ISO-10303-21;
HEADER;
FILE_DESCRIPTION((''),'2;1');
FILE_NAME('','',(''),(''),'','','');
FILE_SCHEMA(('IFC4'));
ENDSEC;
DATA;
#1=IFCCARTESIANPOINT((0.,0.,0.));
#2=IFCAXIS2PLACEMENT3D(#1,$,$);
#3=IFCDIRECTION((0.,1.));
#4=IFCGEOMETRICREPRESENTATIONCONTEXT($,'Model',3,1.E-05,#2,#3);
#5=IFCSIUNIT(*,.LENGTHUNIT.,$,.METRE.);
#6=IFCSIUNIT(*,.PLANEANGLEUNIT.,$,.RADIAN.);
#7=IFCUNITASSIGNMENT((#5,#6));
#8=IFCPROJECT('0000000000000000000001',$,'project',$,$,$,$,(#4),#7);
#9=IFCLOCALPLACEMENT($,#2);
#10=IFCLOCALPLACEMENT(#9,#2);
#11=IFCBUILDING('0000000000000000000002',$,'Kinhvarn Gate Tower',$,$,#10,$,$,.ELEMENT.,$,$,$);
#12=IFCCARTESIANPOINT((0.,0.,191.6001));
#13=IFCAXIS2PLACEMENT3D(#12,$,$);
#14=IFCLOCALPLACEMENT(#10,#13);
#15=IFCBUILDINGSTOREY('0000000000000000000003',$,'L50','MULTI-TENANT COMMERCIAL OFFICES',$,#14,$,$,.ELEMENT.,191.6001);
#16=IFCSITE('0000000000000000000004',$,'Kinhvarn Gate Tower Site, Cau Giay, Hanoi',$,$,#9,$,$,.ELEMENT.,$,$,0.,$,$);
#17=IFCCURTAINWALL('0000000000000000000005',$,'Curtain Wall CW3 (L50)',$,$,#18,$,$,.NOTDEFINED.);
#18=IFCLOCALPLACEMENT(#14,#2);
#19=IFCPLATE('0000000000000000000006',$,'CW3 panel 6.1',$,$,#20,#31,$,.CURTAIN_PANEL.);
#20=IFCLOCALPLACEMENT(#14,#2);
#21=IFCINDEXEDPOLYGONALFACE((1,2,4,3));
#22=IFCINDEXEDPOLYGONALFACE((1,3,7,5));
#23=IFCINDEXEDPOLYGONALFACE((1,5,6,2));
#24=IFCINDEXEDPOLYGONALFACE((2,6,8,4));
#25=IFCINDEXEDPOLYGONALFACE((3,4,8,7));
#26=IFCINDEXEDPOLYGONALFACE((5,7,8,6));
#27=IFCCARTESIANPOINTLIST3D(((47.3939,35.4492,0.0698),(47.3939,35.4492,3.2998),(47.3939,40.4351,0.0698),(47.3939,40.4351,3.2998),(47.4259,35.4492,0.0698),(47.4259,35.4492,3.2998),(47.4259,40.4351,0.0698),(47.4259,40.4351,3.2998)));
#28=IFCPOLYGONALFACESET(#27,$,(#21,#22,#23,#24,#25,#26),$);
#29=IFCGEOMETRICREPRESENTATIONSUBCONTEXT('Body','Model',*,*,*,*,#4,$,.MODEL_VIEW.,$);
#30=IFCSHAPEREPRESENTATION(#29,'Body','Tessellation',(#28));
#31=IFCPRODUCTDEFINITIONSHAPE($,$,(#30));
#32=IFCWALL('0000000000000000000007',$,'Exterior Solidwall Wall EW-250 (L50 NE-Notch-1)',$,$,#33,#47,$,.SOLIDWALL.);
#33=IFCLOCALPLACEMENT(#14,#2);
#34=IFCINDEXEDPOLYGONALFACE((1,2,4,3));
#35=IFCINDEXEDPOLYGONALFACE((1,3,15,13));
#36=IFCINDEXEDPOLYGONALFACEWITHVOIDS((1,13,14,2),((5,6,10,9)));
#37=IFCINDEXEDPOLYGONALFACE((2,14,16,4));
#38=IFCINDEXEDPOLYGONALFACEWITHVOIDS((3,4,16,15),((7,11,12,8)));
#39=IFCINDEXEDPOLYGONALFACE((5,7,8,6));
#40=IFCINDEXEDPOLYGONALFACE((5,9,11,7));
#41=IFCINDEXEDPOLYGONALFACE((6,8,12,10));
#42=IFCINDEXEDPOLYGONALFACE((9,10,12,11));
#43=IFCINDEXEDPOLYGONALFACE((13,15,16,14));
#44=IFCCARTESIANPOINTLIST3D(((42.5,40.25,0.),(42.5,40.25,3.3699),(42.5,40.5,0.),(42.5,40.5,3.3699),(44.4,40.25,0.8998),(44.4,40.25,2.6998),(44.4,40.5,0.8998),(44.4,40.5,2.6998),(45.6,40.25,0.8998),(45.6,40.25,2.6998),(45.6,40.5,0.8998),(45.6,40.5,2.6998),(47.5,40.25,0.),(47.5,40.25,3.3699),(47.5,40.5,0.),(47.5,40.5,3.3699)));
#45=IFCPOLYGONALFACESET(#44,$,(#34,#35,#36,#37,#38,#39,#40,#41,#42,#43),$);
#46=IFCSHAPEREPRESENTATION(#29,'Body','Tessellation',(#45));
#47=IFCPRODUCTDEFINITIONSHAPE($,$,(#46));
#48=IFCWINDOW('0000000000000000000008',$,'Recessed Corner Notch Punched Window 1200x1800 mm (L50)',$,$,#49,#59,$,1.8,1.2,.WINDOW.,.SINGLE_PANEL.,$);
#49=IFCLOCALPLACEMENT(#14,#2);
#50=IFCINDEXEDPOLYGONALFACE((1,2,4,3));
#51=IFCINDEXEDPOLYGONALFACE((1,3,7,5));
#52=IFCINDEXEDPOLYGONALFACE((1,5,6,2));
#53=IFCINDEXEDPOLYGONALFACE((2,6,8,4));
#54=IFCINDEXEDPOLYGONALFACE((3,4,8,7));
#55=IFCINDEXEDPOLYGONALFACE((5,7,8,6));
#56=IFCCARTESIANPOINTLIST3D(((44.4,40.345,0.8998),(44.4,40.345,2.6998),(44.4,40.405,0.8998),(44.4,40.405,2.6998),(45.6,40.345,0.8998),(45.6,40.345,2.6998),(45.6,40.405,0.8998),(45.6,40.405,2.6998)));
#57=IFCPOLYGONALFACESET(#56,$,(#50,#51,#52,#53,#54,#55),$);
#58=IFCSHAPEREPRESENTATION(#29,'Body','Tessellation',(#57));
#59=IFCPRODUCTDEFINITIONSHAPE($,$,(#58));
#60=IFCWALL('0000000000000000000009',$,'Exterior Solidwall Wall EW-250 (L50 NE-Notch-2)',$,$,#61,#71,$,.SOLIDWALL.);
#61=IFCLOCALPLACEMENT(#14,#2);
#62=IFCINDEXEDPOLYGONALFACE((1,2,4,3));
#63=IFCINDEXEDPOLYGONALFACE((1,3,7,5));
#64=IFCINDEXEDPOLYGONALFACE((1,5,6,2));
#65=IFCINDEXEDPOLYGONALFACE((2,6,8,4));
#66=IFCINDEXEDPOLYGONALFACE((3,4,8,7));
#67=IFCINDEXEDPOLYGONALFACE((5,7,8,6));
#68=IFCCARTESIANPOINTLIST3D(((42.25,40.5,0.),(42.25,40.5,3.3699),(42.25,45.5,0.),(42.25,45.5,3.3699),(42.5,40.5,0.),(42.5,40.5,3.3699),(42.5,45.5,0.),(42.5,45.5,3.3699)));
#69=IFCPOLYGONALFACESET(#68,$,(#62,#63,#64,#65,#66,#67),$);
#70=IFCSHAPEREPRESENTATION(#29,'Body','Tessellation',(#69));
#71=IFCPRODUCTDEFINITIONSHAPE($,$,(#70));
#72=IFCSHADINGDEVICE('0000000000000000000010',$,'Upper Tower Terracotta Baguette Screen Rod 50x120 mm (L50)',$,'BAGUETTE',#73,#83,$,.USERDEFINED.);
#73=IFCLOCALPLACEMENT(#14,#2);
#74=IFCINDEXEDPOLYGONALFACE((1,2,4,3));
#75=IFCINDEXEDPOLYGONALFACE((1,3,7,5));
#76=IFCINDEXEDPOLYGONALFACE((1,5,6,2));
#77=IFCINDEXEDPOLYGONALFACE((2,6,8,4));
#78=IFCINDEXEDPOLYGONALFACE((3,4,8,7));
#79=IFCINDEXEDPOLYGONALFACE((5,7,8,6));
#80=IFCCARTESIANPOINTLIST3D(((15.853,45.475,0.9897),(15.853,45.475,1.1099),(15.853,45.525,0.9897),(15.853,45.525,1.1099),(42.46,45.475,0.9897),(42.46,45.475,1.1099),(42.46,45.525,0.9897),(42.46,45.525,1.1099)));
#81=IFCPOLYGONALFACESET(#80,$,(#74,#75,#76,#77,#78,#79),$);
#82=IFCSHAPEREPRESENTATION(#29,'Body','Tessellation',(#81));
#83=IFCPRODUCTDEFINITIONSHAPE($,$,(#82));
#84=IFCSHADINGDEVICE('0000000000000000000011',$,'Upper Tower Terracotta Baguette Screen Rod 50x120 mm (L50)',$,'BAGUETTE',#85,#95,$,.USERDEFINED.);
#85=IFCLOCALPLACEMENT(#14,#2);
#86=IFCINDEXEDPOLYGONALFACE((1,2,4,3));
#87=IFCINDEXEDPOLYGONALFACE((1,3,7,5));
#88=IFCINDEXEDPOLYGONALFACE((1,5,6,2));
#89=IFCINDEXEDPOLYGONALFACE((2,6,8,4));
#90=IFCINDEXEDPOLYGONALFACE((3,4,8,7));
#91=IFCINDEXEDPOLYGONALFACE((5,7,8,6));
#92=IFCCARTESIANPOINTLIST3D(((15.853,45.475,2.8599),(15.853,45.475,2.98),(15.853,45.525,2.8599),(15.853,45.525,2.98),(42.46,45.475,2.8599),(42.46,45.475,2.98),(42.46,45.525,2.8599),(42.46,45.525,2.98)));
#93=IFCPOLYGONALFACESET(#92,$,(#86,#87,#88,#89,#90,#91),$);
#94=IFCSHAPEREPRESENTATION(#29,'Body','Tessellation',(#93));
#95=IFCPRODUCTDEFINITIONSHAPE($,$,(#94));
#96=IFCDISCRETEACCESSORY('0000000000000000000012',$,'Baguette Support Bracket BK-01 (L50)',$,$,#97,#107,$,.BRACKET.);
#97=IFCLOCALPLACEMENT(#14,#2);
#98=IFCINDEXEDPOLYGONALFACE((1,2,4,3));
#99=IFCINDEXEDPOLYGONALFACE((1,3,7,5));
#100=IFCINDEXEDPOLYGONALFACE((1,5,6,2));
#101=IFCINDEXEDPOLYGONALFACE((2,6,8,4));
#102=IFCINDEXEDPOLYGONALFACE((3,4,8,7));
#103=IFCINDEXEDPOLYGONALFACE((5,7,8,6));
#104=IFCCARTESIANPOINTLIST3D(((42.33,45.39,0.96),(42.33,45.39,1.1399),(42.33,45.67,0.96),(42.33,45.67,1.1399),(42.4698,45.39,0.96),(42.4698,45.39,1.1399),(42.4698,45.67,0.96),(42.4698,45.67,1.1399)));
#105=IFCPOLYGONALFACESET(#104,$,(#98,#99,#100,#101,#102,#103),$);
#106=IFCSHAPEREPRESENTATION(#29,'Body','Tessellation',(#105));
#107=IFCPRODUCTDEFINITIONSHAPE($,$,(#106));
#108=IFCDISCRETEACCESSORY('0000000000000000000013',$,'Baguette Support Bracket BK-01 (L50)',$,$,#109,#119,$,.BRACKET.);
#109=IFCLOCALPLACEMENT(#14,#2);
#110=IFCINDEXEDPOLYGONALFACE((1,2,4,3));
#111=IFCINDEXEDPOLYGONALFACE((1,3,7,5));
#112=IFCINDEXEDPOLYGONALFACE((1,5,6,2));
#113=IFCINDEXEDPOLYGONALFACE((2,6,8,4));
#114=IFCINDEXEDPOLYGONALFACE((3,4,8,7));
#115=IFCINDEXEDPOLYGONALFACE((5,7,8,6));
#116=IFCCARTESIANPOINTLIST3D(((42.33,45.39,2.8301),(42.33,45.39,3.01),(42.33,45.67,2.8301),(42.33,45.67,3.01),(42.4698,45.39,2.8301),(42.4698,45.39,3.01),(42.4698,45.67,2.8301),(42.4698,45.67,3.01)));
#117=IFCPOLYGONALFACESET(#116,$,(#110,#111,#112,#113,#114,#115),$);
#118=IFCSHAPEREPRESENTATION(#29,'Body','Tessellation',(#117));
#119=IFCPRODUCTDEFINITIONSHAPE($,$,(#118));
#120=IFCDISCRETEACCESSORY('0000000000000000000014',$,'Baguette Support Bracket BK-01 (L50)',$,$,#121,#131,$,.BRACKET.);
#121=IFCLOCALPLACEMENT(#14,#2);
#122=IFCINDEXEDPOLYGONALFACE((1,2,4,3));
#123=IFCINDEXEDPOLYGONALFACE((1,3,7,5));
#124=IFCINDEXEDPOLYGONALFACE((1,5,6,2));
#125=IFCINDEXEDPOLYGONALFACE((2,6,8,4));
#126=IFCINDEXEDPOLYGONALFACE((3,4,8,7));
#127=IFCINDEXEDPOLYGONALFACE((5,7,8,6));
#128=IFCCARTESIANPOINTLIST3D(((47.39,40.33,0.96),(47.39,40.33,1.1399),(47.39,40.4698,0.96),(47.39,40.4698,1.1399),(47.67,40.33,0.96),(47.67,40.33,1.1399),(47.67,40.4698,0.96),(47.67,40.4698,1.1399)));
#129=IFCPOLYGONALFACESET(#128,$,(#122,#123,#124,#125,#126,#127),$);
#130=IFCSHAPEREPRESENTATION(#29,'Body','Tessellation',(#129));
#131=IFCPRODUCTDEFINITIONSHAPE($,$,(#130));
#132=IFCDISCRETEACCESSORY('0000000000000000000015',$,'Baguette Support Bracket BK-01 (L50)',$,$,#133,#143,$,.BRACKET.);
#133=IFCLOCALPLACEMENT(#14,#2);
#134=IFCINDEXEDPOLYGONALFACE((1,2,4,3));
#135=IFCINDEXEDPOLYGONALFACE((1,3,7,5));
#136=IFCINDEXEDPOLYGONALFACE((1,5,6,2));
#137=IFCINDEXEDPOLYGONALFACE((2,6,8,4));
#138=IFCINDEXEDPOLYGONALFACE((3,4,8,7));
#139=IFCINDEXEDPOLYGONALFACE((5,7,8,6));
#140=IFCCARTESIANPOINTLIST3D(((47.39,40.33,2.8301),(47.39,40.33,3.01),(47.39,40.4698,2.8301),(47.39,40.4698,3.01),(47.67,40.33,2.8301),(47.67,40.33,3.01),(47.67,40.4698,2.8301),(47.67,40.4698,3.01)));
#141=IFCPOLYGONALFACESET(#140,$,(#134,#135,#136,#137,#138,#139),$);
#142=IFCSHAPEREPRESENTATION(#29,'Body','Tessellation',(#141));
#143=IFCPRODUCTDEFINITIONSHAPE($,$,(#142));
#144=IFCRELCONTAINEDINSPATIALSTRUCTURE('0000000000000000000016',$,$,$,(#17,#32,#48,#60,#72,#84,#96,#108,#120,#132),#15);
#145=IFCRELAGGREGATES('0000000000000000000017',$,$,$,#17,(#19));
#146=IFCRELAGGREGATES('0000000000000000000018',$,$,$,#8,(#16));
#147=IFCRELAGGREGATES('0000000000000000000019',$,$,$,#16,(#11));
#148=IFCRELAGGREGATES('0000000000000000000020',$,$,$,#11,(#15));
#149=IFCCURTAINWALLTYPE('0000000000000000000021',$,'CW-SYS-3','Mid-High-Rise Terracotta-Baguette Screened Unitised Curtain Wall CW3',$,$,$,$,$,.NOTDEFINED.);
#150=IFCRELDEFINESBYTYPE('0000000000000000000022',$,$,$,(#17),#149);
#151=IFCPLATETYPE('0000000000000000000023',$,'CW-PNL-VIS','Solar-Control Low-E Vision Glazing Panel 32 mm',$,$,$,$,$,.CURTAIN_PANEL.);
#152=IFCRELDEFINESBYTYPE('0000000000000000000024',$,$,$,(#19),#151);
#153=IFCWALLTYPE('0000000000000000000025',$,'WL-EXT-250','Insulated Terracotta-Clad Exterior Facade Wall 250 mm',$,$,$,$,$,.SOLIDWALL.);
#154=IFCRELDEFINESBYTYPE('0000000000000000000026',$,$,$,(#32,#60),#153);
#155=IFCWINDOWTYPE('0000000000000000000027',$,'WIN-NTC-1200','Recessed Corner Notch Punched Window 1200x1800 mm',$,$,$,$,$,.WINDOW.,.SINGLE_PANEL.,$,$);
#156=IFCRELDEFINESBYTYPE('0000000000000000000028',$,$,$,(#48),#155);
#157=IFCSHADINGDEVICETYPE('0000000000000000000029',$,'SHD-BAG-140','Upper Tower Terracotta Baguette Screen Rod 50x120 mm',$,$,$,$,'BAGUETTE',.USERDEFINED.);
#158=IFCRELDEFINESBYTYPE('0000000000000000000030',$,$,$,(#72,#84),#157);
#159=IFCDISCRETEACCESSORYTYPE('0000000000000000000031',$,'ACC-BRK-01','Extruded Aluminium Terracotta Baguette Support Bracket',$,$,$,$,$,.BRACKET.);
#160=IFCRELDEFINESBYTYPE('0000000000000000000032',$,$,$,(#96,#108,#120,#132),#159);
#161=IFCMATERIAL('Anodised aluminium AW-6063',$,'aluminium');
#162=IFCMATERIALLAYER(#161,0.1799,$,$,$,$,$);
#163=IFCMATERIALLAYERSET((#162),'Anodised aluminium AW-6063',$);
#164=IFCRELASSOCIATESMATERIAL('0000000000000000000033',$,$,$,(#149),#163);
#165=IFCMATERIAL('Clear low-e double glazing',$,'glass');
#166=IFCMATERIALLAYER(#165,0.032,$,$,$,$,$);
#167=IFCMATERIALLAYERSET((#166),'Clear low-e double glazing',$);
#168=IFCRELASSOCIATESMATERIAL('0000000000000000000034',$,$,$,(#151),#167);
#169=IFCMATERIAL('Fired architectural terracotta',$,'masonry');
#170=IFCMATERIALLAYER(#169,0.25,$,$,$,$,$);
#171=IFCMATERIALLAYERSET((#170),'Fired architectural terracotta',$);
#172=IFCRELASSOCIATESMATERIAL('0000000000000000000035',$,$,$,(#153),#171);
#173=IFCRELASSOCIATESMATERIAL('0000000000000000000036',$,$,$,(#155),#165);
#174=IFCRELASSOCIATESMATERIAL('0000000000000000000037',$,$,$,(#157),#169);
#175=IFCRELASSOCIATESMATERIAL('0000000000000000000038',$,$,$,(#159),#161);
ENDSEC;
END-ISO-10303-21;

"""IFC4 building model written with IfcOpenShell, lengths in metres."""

from ifc_helpers import new_model, si_unit, direction, frame, frame_2d, origin, origin_2d, place, context, subcontext, project, spatial, rectangle, extrude, material, layer, layer_set, material_profile, profile_set, type_object, element, fill, aggregate, save


model = new_model("IFC4")

# Units and contexts
model_context = context("Model", 3, precision=1e-05, world=origin(), true_north=direction((0.0, 1.0)))
body_context = subcontext(model_context, "Body", "Model", "MODEL_VIEW")
ifc_project = project(units=[si_unit("LENGTHUNIT", "METRE"), si_unit("PLANEANGLEUNIT", "RADIAN")], contexts=[model_context])

# Site, building, storey
site_placement = place(None, origin())
site = spatial("IfcSite", under=ifc_project, at=site_placement, Name="Kinhvarn Gate Tower Site, Cau Giay, Hanoi", CompositionType="ELEMENT", RefElevation=0.0)
building_placement = place(site_placement, origin())
building = spatial("IfcBuilding", under=site, at=building_placement, Name="Kinhvarn Gate Tower", CompositionType="ELEMENT")
storey_placement = place(building_placement, frame((0.0, 0.0, 191.6001)))
storey = spatial("IfcBuildingStorey", under=building, at=storey_placement, Name="L50", Description="MULTI-TENANT COMMERCIAL OFFICES", CompositionType="ELEMENT", Elevation=191.6001)

# Shared definitions
ifc_material_1 = material(Name="Anodised aluminium AW-6063", Category="aluminium")
ifc_layer_1 = layer(ifc_material_1, 0.1799)
ifc_layer_set_1 = layer_set([ifc_layer_1], Name="Anodised aluminium AW-6063")
curtain_wall_type = type_object("IfcCurtainWallType", Name="CW-SYS-3", Description="Mid-High-Rise Terracotta-Baguette Screened Unitised Curtain Wall CW3", PredefinedType="NOTDEFINED", material=ifc_layer_set_1)

# Curtain wall
curtain_wall_1_placement = place(storey_placement, origin())
curtain_wall_1 = element("IfcCurtainWall", 1, at=curtain_wall_1_placement, inside=storey, type_object=curtain_wall_type, Name="Curtain Wall CW3 (L50)", PredefinedType="NOTDEFINED")

# Plate
ifc_material_2 = material(Name="Clear low-e double glazing", Category="glass")
ifc_layer_2 = layer(ifc_material_2, 0.032)
ifc_layer_set_2 = layer_set([ifc_layer_2], Name="Clear low-e double glazing")
plate_type = type_object("IfcPlateType", Name="CW-PNL-VIS", Description="Solar-Control Low-E Vision Glazing Panel 32 mm", PredefinedType="CURTAIN_PANEL", material=ifc_layer_set_2)
plate_1_placement = place(storey_placement, frame((47.4099, 37.9421, 0.0698), z_axis=(0.0, 0.0, 1.0), x_axis=(0.0, 1.0, 0.0)))
plate_1 = element("IfcPlate", 2, at=plate_1_placement, type_object=plate_type, Name="CW3 panel 6.1", PredefinedType="CURTAIN_PANEL", context=body_context, shape_type="SweptSolid", body=[
    extrude(rectangle(XDim=4.9858, YDim=0.032, at=origin_2d()), origin(), (0.0, 0.0, 1.0), 3.23),
])
aggregate(curtain_wall_1, [plate_1])

# Wall, opening, window
ifc_material_3 = material(Name="Fired architectural terracotta", Category="masonry")
ifc_layer_3 = layer(ifc_material_3, 0.25)
ifc_layer_set_3 = layer_set([ifc_layer_3], Name="Fired architectural terracotta")
wall_type = type_object("IfcWallType", Name="WL-EXT-250", Description="Insulated Terracotta-Clad Exterior Facade Wall 250 mm", PredefinedType="SOLIDWALL", material=ifc_layer_set_3)
wall_1_placement = place(storey_placement, frame((47.5, 40.375, 0.0), z_axis=(0.0, 0.0, 1.0), x_axis=(-1.0, 0.0, 0.0)))
wall_1 = element("IfcWall", 3, at=wall_1_placement, inside=storey, type_object=wall_type, Name="Exterior Solidwall Wall EW-250 (L50 NE-Notch-1)", PredefinedType="SOLIDWALL", context=body_context, shape_type="SweptSolid", body=[
    extrude(rectangle(XDim=5.0, YDim=0.25, at=frame_2d((2.5, 0.0))), origin(), (0.0, 0.0, 1.0), 3.3699),
])
opening_placement = place(wall_1_placement, frame((1.8999, 0.0, 0.8999)))
opening = element("IfcOpeningElement", 4, at=opening_placement, cuts=wall_1, PredefinedType="OPENING", context=body_context, shape_type="SweptSolid", body=[
    extrude(rectangle(XDim=1.2, YDim=1.8, at=frame_2d((0.6001, 0.8999))), frame((0.0, 0.135, 0.0), z_axis=(0.0, -1.0, 0.0), x_axis=(1.0, 0.0, 0.0)), (0.0, 0.0, 1.0), 0.27),
])
window_type = type_object("IfcWindowType", Name="WIN-NTC-1200", Description="Recessed Corner Notch Punched Window 1200x1800 mm", PartitioningType="SINGLE_PANEL", PredefinedType="WINDOW", material=ifc_material_2)
window_placement = place(opening_placement, origin())
window = element("IfcWindow", 5, at=window_placement, inside=storey, type_object=window_type, Name="Recessed Corner Notch Punched Window 1200x1800 mm (L50)", OverallHeight=1.8, OverallWidth=1.2, PartitioningType="SINGLE_PANEL", PredefinedType="WINDOW", context=body_context, shape_type="SweptSolid", body=[
    extrude(rectangle(XDim=1.2, YDim=1.8, at=frame_2d((0.6001, 0.8999))), frame((0.0, 0.03, 0.0), z_axis=(0.0, -1.0, 0.0), x_axis=(1.0, 0.0, 0.0)), (0.0, 0.0, 1.0), 0.0601),
])
fill(opening, window)

# Wall
wall_2_placement = place(storey_placement, frame((42.375, 40.5, 0.0), z_axis=(0.0, 0.0, 1.0), x_axis=(0.0, 1.0, 0.0)))
element("IfcWall", 6, at=wall_2_placement, inside=storey, type_object=wall_type, Name="Exterior Solidwall Wall EW-250 (L50 NE-Notch-2)", PredefinedType="SOLIDWALL", context=body_context, shape_type="SweptSolid", body=[
    extrude(rectangle(XDim=5.0, YDim=0.25, at=frame_2d((2.5, 0.0))), origin(), (0.0, 0.0, 1.0), 3.3699),
])

# Shading devices
ifc_material_profile_1 = material_profile(ifc_material_3, rectangle(XDim=0.05, YDim=0.1201, at=origin_2d()), Name="TC 50x120")
ifc_profile_set_1 = profile_set([ifc_material_profile_1], Name="Fired architectural terracotta")
shading_device_type = type_object("IfcShadingDeviceType", Name="SHD-BAG-140", Description="Upper Tower Terracotta Baguette Screen Rod 50x120 mm", ElementType="BAGUETTE", PredefinedType="USERDEFINED", material=ifc_profile_set_1)
for number, where, z_axis, x_axis, name in (
    (7, (42.46, 45.5, 1.0498), (-1.0, 0.0, 0.0), (0.0, -1.0, 0.0), "Upper Tower Terracotta Baguette Screen Rod 50x120 mm (L50)"),
    (8, (42.46, 45.5, 2.9199), (-1.0, 0.0, 0.0), (0.0, -1.0, 0.0), "Upper Tower Terracotta Baguette Screen Rod 50x120 mm (L50)"),
):
    element("IfcShadingDevice", number, at=place(storey_placement, frame(where, z_axis=z_axis, x_axis=x_axis)), inside=storey, type_object=shading_device_type, Name=name, ObjectType="BAGUETTE", PredefinedType="USERDEFINED", context=body_context, shape_type="SweptSolid", body=[
        extrude(rectangle(XDim=0.05, YDim=0.1201, at=origin_2d()), origin(), (0.0, 0.0, 1.0), 26.6069),
    ])

# Discrete accessories
discrete_accessory_type = type_object("IfcDiscreteAccessoryType", Name="ACC-BRK-01", Description="Extruded Aluminium Terracotta Baguette Support Bracket", PredefinedType="BRACKET", material=ifc_material_1)
for number, where, z_axis, x_axis, name in (
    (9, (42.3999, 45.53, 0.96), (0.0, 0.0, 1.0), (-1.0, 0.0, 0.0), "Baguette Support Bracket BK-01 (L50)"),
    (10, (42.3999, 45.53, 2.8301), (0.0, 0.0, 1.0), (-1.0, 0.0, 0.0), "Baguette Support Bracket BK-01 (L50)"),
    (11, (47.53, 40.3999, 0.96), (0.0, 0.0, 1.0), (0.0, 1.0, 0.0), "Baguette Support Bracket BK-01 (L50)"),
    (12, (47.53, 40.3999, 2.8301), (0.0, 0.0, 1.0), (0.0, 1.0, 0.0), "Baguette Support Bracket BK-01 (L50)"),
):
    element("IfcDiscreteAccessory", number, at=place(storey_placement, frame(where, z_axis=z_axis, x_axis=x_axis)), inside=storey, type_object=discrete_accessory_type, Name=name, PredefinedType="BRACKET", context=body_context, shape_type="SweptSolid", body=[
        extrude(rectangle(XDim=0.1399, YDim=0.28, at=origin_2d()), origin(), (0.0, 0.0, 1.0), 0.1799),
    ])

save(model, "model.ifc")
